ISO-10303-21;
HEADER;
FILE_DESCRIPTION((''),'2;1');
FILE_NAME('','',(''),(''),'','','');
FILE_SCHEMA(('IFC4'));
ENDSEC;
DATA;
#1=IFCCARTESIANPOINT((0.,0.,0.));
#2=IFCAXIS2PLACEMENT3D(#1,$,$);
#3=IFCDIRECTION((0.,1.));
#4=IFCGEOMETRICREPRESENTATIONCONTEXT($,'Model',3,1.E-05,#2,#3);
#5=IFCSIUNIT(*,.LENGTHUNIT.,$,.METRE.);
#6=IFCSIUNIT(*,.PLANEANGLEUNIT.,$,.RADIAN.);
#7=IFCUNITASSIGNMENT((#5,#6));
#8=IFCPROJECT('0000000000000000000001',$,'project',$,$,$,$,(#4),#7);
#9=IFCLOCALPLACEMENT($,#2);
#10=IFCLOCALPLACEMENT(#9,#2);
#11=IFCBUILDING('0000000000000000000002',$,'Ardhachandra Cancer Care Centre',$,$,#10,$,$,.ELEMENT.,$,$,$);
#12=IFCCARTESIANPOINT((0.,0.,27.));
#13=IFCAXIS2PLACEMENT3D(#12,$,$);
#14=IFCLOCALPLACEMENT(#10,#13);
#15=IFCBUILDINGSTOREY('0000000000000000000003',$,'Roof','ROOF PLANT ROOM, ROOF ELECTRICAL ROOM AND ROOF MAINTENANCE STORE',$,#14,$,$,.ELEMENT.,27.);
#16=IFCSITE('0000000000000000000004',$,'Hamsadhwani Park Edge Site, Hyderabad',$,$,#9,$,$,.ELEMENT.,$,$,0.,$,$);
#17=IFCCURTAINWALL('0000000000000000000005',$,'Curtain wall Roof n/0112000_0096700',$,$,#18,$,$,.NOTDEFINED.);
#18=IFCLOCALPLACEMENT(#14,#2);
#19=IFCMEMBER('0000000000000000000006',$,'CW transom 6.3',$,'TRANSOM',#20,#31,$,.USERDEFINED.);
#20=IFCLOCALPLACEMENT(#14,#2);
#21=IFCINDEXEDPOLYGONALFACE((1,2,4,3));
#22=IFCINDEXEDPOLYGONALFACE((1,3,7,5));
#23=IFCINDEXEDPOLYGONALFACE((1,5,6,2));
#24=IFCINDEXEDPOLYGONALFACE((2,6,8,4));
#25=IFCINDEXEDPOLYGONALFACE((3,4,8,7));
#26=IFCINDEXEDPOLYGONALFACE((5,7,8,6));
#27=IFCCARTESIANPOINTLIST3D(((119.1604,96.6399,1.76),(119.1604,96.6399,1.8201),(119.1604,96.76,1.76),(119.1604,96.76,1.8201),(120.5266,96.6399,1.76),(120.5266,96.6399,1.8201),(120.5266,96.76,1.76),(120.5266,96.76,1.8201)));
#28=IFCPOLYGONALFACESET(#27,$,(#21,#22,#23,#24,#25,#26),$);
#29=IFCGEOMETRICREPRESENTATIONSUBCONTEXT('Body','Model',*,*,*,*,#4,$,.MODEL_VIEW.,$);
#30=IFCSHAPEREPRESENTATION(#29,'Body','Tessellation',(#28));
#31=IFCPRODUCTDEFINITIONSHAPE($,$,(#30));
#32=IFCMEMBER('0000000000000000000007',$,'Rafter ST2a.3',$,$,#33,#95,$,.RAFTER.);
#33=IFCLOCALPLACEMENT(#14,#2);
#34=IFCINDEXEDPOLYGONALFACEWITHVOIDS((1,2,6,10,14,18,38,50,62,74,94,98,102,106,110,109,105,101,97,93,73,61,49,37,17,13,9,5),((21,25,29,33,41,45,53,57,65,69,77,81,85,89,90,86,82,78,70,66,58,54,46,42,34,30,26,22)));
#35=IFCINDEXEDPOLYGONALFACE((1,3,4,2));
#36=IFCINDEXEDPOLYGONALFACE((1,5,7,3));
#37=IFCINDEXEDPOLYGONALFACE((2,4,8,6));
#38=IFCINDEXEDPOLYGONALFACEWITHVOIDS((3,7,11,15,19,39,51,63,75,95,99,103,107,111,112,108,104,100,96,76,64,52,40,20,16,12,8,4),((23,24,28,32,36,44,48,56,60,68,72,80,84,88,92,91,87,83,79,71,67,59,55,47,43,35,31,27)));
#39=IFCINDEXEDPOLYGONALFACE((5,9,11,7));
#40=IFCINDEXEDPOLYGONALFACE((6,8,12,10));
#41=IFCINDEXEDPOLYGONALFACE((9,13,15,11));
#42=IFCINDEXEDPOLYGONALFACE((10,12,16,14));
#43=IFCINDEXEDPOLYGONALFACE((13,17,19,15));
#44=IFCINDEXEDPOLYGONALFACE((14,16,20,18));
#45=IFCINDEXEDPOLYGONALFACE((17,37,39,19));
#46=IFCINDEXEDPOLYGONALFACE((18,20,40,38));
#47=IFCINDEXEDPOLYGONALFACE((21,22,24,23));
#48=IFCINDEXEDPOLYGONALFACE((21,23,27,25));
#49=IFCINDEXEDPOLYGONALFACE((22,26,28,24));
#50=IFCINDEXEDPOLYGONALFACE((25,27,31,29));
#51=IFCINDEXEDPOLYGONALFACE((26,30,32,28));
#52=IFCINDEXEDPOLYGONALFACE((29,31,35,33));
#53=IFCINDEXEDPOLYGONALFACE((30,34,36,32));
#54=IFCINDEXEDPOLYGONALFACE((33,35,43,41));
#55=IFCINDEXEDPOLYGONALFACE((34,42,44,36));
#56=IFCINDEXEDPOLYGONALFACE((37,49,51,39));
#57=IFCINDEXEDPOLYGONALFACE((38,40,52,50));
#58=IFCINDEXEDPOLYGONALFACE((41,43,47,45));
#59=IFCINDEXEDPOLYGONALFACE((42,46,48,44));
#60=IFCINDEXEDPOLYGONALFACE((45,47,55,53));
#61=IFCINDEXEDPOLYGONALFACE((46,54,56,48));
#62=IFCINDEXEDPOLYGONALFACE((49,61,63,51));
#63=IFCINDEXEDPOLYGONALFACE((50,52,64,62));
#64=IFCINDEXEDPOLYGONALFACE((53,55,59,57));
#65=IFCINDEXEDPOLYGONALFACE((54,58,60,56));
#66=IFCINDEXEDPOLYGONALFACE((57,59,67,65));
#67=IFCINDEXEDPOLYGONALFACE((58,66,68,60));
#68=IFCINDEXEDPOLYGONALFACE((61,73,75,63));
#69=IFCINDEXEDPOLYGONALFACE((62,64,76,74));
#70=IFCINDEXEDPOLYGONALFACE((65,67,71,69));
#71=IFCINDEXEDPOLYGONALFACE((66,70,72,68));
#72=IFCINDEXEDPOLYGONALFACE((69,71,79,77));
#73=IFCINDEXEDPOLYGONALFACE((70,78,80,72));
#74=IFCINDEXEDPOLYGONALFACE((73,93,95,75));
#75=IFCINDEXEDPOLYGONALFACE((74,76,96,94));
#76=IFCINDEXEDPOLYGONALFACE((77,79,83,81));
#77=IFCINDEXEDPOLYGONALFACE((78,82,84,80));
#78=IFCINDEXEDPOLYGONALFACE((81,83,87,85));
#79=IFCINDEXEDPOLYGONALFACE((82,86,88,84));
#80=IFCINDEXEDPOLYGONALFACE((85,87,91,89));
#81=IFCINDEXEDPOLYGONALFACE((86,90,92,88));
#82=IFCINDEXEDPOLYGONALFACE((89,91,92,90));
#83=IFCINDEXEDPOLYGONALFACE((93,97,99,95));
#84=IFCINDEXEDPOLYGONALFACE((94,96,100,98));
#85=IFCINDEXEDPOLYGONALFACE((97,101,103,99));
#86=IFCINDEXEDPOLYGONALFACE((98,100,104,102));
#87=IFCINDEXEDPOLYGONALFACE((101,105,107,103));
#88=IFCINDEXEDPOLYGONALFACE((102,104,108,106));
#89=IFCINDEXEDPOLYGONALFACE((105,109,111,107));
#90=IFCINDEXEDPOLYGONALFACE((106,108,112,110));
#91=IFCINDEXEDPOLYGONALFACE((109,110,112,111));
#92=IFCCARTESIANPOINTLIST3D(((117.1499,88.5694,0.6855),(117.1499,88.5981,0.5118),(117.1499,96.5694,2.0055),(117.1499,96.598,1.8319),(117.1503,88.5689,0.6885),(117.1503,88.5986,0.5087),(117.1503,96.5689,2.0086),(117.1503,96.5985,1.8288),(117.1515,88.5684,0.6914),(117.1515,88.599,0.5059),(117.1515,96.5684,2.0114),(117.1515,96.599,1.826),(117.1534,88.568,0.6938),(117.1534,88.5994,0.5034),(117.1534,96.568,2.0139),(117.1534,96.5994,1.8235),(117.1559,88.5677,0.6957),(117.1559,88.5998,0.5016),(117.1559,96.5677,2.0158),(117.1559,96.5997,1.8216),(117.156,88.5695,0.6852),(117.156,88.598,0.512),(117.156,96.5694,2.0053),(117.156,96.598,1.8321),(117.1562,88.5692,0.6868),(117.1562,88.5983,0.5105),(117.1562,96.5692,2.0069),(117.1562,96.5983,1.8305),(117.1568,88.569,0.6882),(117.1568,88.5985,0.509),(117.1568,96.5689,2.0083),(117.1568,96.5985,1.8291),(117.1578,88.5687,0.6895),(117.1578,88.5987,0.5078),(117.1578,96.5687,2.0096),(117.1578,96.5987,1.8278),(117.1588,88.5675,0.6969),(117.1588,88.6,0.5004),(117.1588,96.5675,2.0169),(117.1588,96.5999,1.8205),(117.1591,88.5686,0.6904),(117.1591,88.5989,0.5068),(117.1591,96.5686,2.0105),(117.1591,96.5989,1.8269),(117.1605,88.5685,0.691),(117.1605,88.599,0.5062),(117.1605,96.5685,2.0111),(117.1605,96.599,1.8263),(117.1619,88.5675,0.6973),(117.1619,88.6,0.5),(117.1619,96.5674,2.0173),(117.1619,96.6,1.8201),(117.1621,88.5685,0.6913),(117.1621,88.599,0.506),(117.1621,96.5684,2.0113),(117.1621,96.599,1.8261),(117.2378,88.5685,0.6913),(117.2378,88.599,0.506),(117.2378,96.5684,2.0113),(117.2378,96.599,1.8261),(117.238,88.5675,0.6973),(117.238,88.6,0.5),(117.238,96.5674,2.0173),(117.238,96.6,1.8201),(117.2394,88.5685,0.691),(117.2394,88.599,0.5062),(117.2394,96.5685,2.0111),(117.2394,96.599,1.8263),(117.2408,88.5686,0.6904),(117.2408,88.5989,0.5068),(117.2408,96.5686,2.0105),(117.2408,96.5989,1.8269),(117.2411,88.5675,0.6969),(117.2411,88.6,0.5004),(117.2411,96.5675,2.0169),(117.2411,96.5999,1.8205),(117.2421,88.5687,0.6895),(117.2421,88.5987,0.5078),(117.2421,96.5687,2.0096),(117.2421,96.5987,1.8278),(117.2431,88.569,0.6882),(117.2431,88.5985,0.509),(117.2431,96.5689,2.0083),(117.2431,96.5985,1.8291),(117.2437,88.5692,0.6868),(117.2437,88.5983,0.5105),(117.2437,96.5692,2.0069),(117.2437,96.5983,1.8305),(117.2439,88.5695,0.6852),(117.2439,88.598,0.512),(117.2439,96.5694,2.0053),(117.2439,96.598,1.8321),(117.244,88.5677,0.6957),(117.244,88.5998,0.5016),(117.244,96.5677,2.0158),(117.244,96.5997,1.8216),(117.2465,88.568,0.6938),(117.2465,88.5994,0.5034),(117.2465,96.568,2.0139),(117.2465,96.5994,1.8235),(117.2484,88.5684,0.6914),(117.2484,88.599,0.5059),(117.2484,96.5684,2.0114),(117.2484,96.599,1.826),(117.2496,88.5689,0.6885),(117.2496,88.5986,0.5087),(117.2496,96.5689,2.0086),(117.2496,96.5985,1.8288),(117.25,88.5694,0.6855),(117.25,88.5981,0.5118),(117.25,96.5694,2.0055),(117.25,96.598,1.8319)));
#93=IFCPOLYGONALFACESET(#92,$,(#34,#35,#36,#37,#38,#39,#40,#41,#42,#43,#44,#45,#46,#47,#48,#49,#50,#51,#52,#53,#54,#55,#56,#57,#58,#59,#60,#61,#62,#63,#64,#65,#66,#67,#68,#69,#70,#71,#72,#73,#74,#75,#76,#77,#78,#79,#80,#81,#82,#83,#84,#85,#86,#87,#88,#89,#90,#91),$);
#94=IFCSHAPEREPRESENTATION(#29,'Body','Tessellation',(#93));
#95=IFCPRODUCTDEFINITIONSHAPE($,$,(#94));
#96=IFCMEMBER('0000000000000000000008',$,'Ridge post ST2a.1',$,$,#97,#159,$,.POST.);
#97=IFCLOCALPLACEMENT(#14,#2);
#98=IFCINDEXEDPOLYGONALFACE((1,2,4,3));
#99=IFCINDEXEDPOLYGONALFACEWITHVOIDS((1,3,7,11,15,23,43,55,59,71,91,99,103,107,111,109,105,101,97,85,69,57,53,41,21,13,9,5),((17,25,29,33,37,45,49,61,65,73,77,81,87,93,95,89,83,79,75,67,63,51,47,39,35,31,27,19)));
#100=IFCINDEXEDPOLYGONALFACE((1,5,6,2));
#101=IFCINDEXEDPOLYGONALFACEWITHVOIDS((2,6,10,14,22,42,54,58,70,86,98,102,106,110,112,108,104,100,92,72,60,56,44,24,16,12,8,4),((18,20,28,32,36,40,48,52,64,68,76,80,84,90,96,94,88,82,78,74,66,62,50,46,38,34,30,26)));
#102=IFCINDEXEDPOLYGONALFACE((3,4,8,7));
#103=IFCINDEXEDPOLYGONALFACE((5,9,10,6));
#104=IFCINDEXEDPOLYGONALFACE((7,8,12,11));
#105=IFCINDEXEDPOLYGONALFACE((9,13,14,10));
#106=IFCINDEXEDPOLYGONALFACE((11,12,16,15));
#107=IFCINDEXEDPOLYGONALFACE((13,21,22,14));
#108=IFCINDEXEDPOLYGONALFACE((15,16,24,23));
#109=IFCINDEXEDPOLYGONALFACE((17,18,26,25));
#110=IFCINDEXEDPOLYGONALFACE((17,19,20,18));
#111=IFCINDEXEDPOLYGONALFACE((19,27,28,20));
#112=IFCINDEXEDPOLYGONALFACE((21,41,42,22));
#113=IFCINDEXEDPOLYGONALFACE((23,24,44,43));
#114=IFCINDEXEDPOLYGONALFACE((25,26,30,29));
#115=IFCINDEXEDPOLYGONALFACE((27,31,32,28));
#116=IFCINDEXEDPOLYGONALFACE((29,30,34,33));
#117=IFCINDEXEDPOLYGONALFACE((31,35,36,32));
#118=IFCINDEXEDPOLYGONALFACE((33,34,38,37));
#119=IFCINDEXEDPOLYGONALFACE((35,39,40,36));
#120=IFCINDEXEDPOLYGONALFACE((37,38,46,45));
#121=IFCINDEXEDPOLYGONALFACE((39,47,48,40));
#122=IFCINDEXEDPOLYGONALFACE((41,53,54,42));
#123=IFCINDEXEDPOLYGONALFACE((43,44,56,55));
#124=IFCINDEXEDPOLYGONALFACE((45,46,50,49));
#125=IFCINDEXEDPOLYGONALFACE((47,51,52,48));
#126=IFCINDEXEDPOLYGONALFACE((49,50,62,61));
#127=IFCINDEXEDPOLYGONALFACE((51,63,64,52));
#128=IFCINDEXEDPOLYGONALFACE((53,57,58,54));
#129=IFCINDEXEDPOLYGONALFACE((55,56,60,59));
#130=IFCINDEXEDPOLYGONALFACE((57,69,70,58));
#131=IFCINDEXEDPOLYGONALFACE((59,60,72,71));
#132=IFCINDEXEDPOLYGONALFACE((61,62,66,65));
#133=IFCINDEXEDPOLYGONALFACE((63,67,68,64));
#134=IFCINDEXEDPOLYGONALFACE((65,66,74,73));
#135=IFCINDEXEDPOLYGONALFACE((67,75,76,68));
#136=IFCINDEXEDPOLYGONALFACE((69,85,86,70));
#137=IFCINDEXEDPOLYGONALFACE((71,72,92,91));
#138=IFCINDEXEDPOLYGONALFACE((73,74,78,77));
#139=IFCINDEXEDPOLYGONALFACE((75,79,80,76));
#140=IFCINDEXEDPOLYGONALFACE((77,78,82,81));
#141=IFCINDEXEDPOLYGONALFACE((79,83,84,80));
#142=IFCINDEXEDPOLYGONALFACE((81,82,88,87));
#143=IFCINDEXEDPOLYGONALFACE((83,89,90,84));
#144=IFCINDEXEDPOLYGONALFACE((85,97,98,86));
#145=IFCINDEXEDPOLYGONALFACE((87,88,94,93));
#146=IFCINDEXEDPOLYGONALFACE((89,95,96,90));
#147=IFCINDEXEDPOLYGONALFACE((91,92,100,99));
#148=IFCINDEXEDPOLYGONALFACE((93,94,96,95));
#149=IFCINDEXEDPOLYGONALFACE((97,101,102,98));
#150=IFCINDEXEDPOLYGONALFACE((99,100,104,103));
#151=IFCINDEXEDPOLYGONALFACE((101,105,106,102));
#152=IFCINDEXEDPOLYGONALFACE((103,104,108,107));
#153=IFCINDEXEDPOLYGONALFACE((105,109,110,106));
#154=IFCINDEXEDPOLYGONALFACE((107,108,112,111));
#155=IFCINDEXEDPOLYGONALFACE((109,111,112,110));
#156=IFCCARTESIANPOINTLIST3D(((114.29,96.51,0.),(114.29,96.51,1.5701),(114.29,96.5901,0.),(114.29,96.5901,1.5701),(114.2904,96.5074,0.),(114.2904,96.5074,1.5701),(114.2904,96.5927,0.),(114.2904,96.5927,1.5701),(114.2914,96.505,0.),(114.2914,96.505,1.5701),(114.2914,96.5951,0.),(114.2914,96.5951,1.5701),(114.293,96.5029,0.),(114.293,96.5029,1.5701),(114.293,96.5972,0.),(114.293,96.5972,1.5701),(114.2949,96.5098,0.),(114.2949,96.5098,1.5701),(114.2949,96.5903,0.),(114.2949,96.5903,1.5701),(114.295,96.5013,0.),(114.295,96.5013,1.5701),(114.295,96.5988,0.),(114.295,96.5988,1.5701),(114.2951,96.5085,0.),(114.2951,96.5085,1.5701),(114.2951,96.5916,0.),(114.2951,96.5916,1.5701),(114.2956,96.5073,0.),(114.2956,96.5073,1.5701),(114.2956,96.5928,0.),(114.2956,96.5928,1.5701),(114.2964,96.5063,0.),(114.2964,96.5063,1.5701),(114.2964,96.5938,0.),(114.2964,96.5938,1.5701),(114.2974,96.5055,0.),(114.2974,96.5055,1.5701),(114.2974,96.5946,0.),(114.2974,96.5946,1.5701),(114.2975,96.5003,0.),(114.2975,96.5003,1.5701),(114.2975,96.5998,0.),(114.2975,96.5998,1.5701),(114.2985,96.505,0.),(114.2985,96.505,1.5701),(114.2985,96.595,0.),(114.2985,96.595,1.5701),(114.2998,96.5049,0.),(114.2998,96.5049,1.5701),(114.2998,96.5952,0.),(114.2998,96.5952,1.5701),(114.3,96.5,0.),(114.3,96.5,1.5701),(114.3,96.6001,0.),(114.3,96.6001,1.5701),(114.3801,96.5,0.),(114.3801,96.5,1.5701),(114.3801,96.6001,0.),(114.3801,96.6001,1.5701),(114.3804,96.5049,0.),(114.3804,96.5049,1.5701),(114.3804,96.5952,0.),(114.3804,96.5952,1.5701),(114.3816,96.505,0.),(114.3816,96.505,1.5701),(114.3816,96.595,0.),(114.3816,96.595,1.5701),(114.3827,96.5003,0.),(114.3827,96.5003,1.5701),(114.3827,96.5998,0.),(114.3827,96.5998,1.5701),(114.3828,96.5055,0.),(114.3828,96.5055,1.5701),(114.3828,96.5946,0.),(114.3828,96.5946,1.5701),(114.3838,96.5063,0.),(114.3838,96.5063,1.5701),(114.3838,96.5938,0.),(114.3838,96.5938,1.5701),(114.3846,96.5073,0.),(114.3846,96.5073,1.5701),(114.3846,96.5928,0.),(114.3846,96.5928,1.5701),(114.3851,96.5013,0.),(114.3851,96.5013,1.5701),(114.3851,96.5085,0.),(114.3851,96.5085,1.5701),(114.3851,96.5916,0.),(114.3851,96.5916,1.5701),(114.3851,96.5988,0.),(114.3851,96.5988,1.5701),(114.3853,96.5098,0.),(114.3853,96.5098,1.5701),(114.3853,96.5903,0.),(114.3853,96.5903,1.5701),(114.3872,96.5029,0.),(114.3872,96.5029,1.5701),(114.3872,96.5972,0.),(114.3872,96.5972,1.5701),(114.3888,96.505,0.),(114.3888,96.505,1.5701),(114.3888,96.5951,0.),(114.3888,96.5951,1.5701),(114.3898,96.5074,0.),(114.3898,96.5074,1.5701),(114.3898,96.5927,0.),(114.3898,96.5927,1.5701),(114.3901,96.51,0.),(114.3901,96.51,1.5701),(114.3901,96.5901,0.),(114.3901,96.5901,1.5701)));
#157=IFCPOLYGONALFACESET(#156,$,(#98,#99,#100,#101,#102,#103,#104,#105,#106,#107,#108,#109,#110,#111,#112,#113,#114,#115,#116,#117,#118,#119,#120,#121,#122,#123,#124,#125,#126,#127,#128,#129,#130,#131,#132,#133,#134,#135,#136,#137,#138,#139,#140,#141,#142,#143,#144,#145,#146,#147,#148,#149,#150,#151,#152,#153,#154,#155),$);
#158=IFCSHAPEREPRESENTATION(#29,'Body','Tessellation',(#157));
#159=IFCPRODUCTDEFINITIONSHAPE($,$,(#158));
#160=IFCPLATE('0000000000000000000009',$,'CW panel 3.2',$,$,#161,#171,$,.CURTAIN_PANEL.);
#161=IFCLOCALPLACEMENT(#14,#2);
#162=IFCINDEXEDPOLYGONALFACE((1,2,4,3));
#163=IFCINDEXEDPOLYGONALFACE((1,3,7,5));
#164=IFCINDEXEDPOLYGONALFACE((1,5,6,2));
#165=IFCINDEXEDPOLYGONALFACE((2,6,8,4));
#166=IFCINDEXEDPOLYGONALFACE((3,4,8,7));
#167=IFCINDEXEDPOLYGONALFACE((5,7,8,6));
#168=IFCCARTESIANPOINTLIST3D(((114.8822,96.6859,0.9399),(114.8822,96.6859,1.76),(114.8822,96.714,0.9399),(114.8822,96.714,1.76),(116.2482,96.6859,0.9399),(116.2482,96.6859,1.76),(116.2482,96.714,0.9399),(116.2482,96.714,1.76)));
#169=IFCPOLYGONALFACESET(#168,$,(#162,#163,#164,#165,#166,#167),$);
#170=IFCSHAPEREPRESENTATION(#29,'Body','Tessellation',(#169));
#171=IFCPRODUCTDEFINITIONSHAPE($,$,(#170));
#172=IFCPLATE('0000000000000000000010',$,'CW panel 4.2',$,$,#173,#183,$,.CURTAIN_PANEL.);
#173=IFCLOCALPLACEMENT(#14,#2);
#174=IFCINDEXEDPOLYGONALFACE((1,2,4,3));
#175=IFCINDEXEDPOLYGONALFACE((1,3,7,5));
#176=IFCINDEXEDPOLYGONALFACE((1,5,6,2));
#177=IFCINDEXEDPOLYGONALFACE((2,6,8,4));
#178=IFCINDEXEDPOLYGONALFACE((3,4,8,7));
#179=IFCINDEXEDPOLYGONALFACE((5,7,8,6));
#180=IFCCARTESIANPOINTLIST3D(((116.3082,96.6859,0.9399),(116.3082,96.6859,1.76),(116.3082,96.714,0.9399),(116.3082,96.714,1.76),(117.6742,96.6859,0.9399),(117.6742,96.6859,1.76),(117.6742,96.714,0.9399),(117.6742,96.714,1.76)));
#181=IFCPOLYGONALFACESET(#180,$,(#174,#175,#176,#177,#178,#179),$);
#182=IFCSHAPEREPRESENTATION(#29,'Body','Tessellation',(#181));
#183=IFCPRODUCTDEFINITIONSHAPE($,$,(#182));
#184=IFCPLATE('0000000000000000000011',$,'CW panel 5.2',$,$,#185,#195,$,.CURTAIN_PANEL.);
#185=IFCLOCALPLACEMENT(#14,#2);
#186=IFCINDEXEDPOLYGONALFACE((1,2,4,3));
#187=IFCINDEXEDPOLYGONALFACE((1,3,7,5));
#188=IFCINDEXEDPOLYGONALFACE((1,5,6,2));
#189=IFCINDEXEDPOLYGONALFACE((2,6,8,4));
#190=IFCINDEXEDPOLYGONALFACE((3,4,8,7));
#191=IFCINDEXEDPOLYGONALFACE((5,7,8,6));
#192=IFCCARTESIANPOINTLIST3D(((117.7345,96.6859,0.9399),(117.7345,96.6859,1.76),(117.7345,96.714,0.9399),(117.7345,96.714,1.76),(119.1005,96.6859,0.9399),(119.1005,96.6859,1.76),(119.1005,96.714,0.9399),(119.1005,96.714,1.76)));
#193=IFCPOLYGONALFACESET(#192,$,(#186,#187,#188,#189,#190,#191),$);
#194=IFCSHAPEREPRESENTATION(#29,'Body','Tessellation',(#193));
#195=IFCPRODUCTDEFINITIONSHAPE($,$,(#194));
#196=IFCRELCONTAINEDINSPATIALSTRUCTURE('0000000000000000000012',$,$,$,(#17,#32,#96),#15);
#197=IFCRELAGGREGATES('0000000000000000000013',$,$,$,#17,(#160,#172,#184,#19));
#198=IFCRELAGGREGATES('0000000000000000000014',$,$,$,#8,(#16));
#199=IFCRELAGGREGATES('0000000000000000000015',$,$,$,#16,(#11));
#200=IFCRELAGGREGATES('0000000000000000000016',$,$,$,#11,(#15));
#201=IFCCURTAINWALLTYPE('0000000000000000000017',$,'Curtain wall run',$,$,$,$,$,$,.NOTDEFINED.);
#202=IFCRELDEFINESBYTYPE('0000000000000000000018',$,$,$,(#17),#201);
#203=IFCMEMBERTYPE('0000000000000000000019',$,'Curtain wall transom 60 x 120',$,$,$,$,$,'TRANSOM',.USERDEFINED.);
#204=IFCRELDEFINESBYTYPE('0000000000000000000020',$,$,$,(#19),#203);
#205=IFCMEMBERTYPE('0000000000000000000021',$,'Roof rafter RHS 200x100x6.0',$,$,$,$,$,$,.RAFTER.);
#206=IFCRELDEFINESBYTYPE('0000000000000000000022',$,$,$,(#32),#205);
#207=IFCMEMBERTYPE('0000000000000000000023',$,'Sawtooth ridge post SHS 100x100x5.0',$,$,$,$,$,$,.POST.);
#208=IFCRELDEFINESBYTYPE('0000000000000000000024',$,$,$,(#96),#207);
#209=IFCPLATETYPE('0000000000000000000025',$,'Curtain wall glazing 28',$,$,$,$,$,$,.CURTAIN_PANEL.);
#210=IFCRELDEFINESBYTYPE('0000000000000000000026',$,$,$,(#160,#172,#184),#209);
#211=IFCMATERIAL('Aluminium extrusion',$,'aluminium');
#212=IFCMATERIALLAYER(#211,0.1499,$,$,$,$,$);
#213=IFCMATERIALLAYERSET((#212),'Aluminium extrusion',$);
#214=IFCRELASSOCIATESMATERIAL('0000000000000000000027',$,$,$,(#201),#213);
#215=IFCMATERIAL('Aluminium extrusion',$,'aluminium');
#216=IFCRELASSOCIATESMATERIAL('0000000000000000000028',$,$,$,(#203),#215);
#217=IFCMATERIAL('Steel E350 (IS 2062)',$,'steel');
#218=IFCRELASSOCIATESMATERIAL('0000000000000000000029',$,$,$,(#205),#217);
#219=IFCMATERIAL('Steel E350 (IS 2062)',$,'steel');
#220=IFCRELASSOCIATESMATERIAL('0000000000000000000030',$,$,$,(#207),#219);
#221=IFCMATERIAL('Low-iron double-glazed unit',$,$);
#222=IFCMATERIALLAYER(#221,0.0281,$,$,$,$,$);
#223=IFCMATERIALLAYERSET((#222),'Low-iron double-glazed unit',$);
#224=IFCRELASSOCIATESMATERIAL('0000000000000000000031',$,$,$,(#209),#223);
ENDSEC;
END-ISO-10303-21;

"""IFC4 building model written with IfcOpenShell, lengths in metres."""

from ifc_helpers import new_model, si_unit, direction, frame, origin, origin_2d, place, context, subcontext, project, spatial, rectangle, hollow_rectangle, extrude, material, layer, layer_set, material_profile, profile_set, type_object, element, aggregate, save


model = new_model("IFC4")

# Units and contexts
model_context = context("Model", 3, precision=1e-05, world=origin(), true_north=direction((0.0, 1.0)))
body_context = subcontext(model_context, "Body", "Model", "MODEL_VIEW")
ifc_project = project(units=[si_unit("LENGTHUNIT", "METRE"), si_unit("PLANEANGLEUNIT", "RADIAN")], contexts=[model_context])

# Site, building, storey
site_placement = place(None, origin())
site = spatial("IfcSite", under=ifc_project, at=site_placement, Name="Hamsadhwani Park Edge Site, Hyderabad", CompositionType="ELEMENT", RefElevation=0.0)
building_placement = place(site_placement, origin())
building = spatial("IfcBuilding", under=site, at=building_placement, Name="Ardhachandra Cancer Care Centre", CompositionType="ELEMENT")
storey_placement = place(building_placement, frame((0.0, 0.0, 27.0)))
storey = spatial("IfcBuildingStorey", under=building, at=storey_placement, Name="Roof", Description="ROOF PLANT ROOM, ROOF ELECTRICAL ROOM AND ROOF MAINTENANCE STORE", CompositionType="ELEMENT", Elevation=27.0)

# Curtain wall, member
ifc_material_1 = material(Name="Aluminium extrusion", Category="aluminium")
ifc_layer_1 = layer(ifc_material_1, 0.1499)
ifc_layer_set_1 = layer_set([ifc_layer_1], Name="Aluminium extrusion")
curtain_wall_type = type_object("IfcCurtainWallType", Name="Curtain wall run", PredefinedType="NOTDEFINED", material=ifc_layer_set_1)
curtain_wall_placement = place(storey_placement, origin())
curtain_wall = element("IfcCurtainWall", 1, at=curtain_wall_placement, inside=storey, type_object=curtain_wall_type, Name="Curtain wall Roof n/0112000_0096700", PredefinedType="NOTDEFINED")
ifc_material_2 = material(Name="Aluminium extrusion", Category="aluminium")
ifc_material_profile_1 = material_profile(ifc_material_2, rectangle(XDim=0.1201, YDim=0.0601, at=origin_2d()), Name="Curtain wall transom 60 x 120")
ifc_profile_set_1 = profile_set([ifc_material_profile_1], Name="Aluminium extrusion")
member_type_1 = type_object("IfcMemberType", Name="Curtain wall transom 60 x 120", ElementType="TRANSOM", PredefinedType="USERDEFINED", material=ifc_profile_set_1)
member_1_placement = place(storey_placement, frame((119.1604, 96.7, 1.79), z_axis=(1.0, 0.0, 0.0), x_axis=(0.0, 1.0, 0.0)))
member_1 = element("IfcMember", 2, at=member_1_placement, type_object=member_type_1, Name="CW transom 6.3", ObjectType="TRANSOM", PredefinedType="USERDEFINED", context=body_context, shape_type="SweptSolid", body=[
    extrude(rectangle(XDim=0.1201, YDim=0.0601, at=origin_2d()), origin(), (0.0, 0.0, 1.0), 1.3662),
])

# Members
ifc_material_3 = material(Name="Steel E350 (IS 2062)", Category="steel")
ifc_material_profile_2 = material_profile(ifc_material_3, hollow_rectangle(XDim=0.1001, YDim=0.2, WallThickness=0.0061, InnerFilletRadius=0.0061, OuterFilletRadius=0.012, at=origin_2d()), Name="RHS 200x100x6.0")
ifc_profile_set_2 = profile_set([ifc_material_profile_2], Name="Steel E350 (IS 2062)")
member_type_2 = type_object("IfcMemberType", Name="Roof rafter RHS 200x100x6.0", PredefinedType="RAFTER", material=ifc_profile_set_2)
member_2_placement = place(storey_placement, frame((117.2, 88.5837, 0.5986), z_axis=(0.0, 0.986658, 0.162807), x_axis=(-1.0, 0.0, 0.0)))
element("IfcMember", 3, at=member_2_placement, inside=storey, type_object=member_type_2, Name="Rafter ST2a.3", PredefinedType="RAFTER", context=body_context, shape_type="SweptSolid", body=[
    extrude(hollow_rectangle(XDim=0.1001, YDim=0.2, WallThickness=0.0061, InnerFilletRadius=0.0061, OuterFilletRadius=0.012, at=origin_2d()), origin(), (0.0, 0.0, 1.0), 8.1082),
])
ifc_material_4 = material(Name="Steel E350 (IS 2062)", Category="steel")
ifc_material_profile_3 = material_profile(ifc_material_4, hollow_rectangle(XDim=0.1001, YDim=0.1001, WallThickness=0.0049, InnerFilletRadius=0.0049, OuterFilletRadius=0.01, at=origin_2d()), Name="SHS 100x100x5.0")
ifc_profile_set_3 = profile_set([ifc_material_profile_3], Name="Steel E350 (IS 2062)")
member_type_3 = type_object("IfcMemberType", Name="Sawtooth ridge post SHS 100x100x5.0", PredefinedType="POST", material=ifc_profile_set_3)
member_3_placement = place(storey_placement, frame((114.3401, 96.55, 0.0), z_axis=(0.0, 0.0, 1.0), x_axis=(1.0, 0.0, 0.0)))
element("IfcMember", 4, at=member_3_placement, inside=storey, type_object=member_type_3, Name="Ridge post ST2a.1", PredefinedType="POST", context=body_context, shape_type="SweptSolid", body=[
    extrude(hollow_rectangle(XDim=0.1001, YDim=0.1001, WallThickness=0.0049, InnerFilletRadius=0.0049, OuterFilletRadius=0.01, at=origin_2d()), origin(), (0.0, 0.0, 1.0), 1.5701),
])

# Plates
ifc_material_5 = material(Name="Low-iron double-glazed unit")
ifc_layer_2 = layer(ifc_material_5, 0.0281)
ifc_layer_set_2 = layer_set([ifc_layer_2], Name="Low-iron double-glazed unit")
plate_type_1 = type_object("IfcPlateType", Name="Curtain wall glazing 28", PredefinedType="CURTAIN_PANEL", material=ifc_layer_set_2)
plate_1_placement = place(storey_placement, frame((115.5652, 96.7, 0.9399), z_axis=(0.0, 0.0, 1.0), x_axis=(1.0, 0.0, 0.0)))
plate_1 = element("IfcPlate", 5, at=plate_1_placement, type_object=plate_type_1, Name="CW panel 3.2", PredefinedType="CURTAIN_PANEL", context=body_context, shape_type="SweptSolid", body=[
    extrude(rectangle(XDim=1.366, YDim=0.0281, at=origin_2d()), origin(), (0.0, 0.0, 1.0), 0.8201),
])
plate_2_placement = place(storey_placement, frame((116.9912, 96.7, 0.9399), z_axis=(0.0, 0.0, 1.0), x_axis=(1.0, 0.0, 0.0)))
plate_2 = element("IfcPlate", 6, at=plate_2_placement, type_object=plate_type_1, Name="CW panel 4.2", PredefinedType="CURTAIN_PANEL", context=body_context, shape_type="SweptSolid", body=[
    extrude(rectangle(XDim=1.366, YDim=0.0281, at=origin_2d()), origin(), (0.0, 0.0, 1.0), 0.8201),
])
plate_3_placement = place(storey_placement, frame((118.4175, 96.7, 0.9399), z_axis=(0.0, 0.0, 1.0), x_axis=(1.0, 0.0, 0.0)))
plate_3 = element("IfcPlate", 7, at=plate_3_placement, type_object=plate_type_1, Name="CW panel 5.2", PredefinedType="CURTAIN_PANEL", context=body_context, shape_type="SweptSolid", body=[
    extrude(rectangle(XDim=1.366, YDim=0.0281, at=origin_2d()), origin(), (0.0, 0.0, 1.0), 0.8201),
])
aggregate(curtain_wall, [plate_1, plate_2, plate_3, member_1])

save(model, "model.ifc")
